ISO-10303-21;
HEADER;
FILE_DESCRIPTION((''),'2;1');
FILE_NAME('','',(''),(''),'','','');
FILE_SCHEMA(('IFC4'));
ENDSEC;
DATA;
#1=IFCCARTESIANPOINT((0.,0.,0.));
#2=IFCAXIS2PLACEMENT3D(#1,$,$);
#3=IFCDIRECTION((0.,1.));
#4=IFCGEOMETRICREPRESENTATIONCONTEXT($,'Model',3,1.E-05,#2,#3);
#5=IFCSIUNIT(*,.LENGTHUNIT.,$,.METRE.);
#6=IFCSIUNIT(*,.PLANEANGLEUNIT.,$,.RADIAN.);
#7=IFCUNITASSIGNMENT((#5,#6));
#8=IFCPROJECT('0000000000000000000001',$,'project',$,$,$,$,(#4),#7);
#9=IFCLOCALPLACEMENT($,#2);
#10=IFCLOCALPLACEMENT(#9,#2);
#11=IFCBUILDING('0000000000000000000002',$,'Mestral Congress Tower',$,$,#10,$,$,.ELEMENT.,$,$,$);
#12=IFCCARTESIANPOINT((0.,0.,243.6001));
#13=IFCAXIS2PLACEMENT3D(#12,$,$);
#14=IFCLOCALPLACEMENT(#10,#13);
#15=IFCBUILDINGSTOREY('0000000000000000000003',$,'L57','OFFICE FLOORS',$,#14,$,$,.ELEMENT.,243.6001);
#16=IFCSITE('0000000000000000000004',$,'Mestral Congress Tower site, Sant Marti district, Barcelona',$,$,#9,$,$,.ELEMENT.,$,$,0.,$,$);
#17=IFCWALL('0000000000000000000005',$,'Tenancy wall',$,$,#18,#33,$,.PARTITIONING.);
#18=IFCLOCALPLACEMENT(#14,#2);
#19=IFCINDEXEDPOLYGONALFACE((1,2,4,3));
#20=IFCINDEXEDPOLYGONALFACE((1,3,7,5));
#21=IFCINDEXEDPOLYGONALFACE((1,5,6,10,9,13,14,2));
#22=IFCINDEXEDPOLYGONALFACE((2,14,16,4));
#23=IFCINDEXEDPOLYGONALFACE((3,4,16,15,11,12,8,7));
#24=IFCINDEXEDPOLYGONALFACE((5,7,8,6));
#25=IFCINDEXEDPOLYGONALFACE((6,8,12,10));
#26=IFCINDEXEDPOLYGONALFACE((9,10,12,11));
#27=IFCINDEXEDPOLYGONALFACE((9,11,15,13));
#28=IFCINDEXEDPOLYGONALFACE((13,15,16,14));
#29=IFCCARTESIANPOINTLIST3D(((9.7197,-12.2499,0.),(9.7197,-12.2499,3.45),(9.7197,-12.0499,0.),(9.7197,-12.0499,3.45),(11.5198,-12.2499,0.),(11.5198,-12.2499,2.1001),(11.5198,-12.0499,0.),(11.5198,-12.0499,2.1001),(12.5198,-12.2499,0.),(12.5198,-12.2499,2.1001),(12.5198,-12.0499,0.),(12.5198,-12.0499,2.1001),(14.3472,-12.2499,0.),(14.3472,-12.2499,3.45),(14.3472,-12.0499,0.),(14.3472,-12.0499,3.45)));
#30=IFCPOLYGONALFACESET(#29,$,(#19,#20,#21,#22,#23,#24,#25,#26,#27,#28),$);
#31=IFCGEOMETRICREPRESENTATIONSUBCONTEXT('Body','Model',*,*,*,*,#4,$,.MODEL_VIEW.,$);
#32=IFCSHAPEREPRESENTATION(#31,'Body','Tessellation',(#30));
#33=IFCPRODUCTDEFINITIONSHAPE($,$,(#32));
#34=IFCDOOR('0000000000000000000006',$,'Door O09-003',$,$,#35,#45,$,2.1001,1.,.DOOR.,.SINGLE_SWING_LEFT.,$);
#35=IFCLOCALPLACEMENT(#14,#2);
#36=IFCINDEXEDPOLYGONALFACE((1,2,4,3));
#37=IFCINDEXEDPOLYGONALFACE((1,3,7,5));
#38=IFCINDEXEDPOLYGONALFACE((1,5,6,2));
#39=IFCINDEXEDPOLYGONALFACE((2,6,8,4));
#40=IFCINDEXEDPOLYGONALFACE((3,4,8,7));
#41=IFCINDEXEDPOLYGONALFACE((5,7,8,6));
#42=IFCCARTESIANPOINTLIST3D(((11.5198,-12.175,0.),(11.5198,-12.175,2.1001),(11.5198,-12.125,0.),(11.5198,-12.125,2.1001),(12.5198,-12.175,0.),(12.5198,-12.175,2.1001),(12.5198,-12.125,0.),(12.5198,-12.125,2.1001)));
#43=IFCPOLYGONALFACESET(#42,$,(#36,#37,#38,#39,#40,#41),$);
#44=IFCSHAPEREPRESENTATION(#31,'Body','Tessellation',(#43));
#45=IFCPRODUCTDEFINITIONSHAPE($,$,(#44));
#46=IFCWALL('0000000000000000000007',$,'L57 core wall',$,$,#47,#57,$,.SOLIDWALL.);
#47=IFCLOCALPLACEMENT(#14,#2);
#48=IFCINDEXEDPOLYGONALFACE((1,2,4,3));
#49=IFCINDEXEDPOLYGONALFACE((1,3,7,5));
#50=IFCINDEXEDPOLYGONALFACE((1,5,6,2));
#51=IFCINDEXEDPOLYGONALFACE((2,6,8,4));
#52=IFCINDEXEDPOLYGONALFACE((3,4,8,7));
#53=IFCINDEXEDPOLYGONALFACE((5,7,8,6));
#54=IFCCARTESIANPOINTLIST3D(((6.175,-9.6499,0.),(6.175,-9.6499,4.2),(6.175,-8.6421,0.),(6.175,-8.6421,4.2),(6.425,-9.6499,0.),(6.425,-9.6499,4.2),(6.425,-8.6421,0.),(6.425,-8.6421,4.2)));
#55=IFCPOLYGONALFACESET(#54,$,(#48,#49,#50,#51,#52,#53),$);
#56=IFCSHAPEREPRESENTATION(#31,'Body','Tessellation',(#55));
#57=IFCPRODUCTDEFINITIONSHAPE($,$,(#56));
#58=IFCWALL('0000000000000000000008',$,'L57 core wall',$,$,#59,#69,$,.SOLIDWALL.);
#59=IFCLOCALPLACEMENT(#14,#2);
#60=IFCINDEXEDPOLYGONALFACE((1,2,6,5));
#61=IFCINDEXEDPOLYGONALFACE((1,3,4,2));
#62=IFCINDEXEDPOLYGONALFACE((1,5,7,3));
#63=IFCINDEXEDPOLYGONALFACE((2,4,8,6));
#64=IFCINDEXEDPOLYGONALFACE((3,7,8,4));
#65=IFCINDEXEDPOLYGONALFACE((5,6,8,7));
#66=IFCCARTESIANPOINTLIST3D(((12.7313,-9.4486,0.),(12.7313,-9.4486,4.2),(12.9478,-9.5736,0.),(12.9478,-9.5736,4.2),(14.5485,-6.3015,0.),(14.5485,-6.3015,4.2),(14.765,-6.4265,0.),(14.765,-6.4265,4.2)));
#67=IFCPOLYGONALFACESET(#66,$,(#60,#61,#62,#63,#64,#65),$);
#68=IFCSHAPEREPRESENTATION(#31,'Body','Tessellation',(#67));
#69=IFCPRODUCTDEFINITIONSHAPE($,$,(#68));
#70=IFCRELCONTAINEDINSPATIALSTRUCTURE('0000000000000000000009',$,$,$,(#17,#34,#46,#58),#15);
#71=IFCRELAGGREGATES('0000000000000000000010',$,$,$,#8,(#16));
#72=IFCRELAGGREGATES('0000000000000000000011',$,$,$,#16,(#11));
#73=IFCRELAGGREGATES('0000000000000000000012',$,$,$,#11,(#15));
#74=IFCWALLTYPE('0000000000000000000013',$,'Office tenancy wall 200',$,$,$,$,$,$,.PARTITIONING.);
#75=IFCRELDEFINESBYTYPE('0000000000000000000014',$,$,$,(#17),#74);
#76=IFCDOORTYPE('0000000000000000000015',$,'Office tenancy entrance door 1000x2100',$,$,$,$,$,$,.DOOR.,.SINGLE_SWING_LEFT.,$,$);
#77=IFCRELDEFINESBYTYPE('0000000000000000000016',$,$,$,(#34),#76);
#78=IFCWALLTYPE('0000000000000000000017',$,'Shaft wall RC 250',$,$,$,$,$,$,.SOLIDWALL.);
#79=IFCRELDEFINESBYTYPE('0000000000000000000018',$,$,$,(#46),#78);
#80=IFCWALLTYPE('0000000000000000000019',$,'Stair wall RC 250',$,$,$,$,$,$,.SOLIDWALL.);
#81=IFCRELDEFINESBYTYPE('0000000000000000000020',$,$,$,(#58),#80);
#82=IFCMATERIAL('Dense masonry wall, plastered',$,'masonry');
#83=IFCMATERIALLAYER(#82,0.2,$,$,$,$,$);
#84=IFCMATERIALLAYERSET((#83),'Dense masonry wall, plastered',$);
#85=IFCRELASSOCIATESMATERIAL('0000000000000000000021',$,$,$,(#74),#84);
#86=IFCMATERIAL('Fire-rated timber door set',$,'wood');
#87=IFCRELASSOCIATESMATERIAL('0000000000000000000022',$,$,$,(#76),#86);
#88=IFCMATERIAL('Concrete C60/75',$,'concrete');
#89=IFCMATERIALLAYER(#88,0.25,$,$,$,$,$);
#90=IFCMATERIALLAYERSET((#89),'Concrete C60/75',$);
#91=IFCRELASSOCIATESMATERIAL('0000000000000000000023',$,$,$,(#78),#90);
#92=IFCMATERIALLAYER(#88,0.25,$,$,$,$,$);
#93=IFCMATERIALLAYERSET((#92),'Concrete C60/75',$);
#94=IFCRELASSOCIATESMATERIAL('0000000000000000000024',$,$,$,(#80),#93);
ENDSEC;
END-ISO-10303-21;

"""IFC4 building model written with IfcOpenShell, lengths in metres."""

from ifc_helpers import new_model, si_unit, direction, frame, frame_2d, origin, place, context, subcontext, project, spatial, rectangle, extrude, material, layer, layer_set, type_object, element, fill, save


model = new_model("IFC4")

# Units and contexts
model_context = context("Model", 3, precision=1e-05, world=origin(), true_north=direction((0.0, 1.0)))
body_context = subcontext(model_context, "Body", "Model", "MODEL_VIEW")
ifc_project = project(units=[si_unit("LENGTHUNIT", "METRE"), si_unit("PLANEANGLEUNIT", "RADIAN")], contexts=[model_context])

# Site, building, storey
site_placement = place(None, origin())
site = spatial("IfcSite", under=ifc_project, at=site_placement, Name="Mestral Congress Tower site, Sant Marti district, Barcelona", CompositionType="ELEMENT", RefElevation=0.0)
building_placement = place(site_placement, origin())
building = spatial("IfcBuilding", under=site, at=building_placement, Name="Mestral Congress Tower", CompositionType="ELEMENT")
storey_placement = place(building_placement, frame((0.0, 0.0, 243.6001)))
storey = spatial("IfcBuildingStorey", under=building, at=storey_placement, Name="L57", Description="OFFICE FLOORS", CompositionType="ELEMENT", Elevation=243.6001)

# Shared definitions
ifc_material_1 = material(Name="Concrete C60/75", Category="concrete")

# Shared definitions
ifc_material_2 = material(Name="Dense masonry wall, plastered", Category="masonry")
ifc_layer_1 = layer(ifc_material_2, 0.2)
ifc_layer_set_1 = layer_set([ifc_layer_1], Name="Dense masonry wall, plastered")
wall_type_1 = type_object("IfcWallType", Name="Office tenancy wall 200", PredefinedType="PARTITIONING", material=ifc_layer_set_1)

# Wall, opening, door
wall_1_placement = place(storey_placement, frame((9.7197, -12.1499, 0.0), z_axis=(0.0, 0.0, 1.0), x_axis=(1.0, 0.0, 0.0)))
wall_1 = element("IfcWall", 1, at=wall_1_placement, inside=storey, type_object=wall_type_1, Name="Tenancy wall", PredefinedType="PARTITIONING", context=body_context, shape_type="SweptSolid", body=[
    extrude(rectangle(XDim=4.6274, YDim=0.2, at=frame_2d((2.3137, 0.0))), origin(), (0.0, 0.0, 1.0), 3.45),
])
opening_1_placement = place(wall_1_placement, frame((1.8, 0.0, 0.0)))
opening_1 = element("IfcOpeningElement", 2, at=opening_1_placement, cuts=wall_1, PredefinedType="OPENING", context=body_context, shape_type="SweptSolid", body=[
    extrude(rectangle(XDim=1.0, YDim=2.1001, at=frame_2d((0.5, 1.05))), frame((0.0, 0.1099, 0.0), z_axis=(0.0, -1.0, 0.0), x_axis=(1.0, 0.0, 0.0)), (0.0, 0.0, 1.0), 0.22),
])
ifc_material_3 = material(Name="Fire-rated timber door set", Category="wood")
door_type_1 = type_object("IfcDoorType", Name="Office tenancy entrance door 1000x2100", OperationType="SINGLE_SWING_LEFT", PredefinedType="DOOR", material=ifc_material_3)
door_1_placement = place(opening_1_placement, origin())
door_1 = element("IfcDoor", 3, at=door_1_placement, inside=storey, type_object=door_type_1, Name="Door O09-003", OperationType="SINGLE_SWING_LEFT", OverallHeight=2.1001, OverallWidth=1.0, PredefinedType="DOOR", context=body_context, shape_type="SweptSolid", body=[
    extrude(rectangle(XDim=1.0, YDim=2.1001, at=frame_2d((0.5, 1.05))), frame((0.0, 0.0249, 0.0), z_axis=(0.0, -1.0, 0.0), x_axis=(1.0, 0.0, 0.0)), (0.0, 0.0, 1.0), 0.05),
])
fill(opening_1, door_1)

# Walls
ifc_layer_2 = layer(ifc_material_1, 0.25)
ifc_layer_set_2 = layer_set([ifc_layer_2], Name="Concrete C60/75")
wall_type_2 = type_object("IfcWallType", Name="Shaft wall RC 250", PredefinedType="SOLIDWALL", material=ifc_layer_set_2)
wall_2_placement = place(storey_placement, frame((6.3, -9.6499, 0.0), z_axis=(0.0, 0.0, 1.0), x_axis=(0.0, 1.0, 0.0)))
element("IfcWall", 4, at=wall_2_placement, inside=storey, type_object=wall_type_2, Name="L57 core wall", PredefinedType="SOLIDWALL", context=body_context, shape_type="SweptSolid", body=[
    extrude(rectangle(XDim=1.0078, YDim=0.25, at=frame_2d((0.5039, 0.0))), origin(), (0.0, 0.0, 1.0), 4.2),
])
ifc_layer_3 = layer(ifc_material_1, 0.25)
ifc_layer_set_3 = layer_set([ifc_layer_3], Name="Concrete C60/75")
wall_type_3 = type_object("IfcWallType", Name="Stair wall RC 250", PredefinedType="SOLIDWALL", material=ifc_layer_set_3)
wall_3_placement = place(storey_placement, frame((12.8396, -9.511, 0.0), z_axis=(0.0, 0.0, 1.0), x_axis=(0.500048, 0.865998, 0.0)))
element("IfcWall", 5, at=wall_3_placement, inside=storey, type_object=wall_type_3, Name="L57 core wall", PredefinedType="SOLIDWALL", context=body_context, shape_type="SweptSolid", body=[
    extrude(rectangle(XDim=3.634, YDim=0.25, at=frame_2d((1.8169, 0.0))), origin(), (0.0, 0.0, 1.0), 4.2),
])

save(model, "model.ifc")
